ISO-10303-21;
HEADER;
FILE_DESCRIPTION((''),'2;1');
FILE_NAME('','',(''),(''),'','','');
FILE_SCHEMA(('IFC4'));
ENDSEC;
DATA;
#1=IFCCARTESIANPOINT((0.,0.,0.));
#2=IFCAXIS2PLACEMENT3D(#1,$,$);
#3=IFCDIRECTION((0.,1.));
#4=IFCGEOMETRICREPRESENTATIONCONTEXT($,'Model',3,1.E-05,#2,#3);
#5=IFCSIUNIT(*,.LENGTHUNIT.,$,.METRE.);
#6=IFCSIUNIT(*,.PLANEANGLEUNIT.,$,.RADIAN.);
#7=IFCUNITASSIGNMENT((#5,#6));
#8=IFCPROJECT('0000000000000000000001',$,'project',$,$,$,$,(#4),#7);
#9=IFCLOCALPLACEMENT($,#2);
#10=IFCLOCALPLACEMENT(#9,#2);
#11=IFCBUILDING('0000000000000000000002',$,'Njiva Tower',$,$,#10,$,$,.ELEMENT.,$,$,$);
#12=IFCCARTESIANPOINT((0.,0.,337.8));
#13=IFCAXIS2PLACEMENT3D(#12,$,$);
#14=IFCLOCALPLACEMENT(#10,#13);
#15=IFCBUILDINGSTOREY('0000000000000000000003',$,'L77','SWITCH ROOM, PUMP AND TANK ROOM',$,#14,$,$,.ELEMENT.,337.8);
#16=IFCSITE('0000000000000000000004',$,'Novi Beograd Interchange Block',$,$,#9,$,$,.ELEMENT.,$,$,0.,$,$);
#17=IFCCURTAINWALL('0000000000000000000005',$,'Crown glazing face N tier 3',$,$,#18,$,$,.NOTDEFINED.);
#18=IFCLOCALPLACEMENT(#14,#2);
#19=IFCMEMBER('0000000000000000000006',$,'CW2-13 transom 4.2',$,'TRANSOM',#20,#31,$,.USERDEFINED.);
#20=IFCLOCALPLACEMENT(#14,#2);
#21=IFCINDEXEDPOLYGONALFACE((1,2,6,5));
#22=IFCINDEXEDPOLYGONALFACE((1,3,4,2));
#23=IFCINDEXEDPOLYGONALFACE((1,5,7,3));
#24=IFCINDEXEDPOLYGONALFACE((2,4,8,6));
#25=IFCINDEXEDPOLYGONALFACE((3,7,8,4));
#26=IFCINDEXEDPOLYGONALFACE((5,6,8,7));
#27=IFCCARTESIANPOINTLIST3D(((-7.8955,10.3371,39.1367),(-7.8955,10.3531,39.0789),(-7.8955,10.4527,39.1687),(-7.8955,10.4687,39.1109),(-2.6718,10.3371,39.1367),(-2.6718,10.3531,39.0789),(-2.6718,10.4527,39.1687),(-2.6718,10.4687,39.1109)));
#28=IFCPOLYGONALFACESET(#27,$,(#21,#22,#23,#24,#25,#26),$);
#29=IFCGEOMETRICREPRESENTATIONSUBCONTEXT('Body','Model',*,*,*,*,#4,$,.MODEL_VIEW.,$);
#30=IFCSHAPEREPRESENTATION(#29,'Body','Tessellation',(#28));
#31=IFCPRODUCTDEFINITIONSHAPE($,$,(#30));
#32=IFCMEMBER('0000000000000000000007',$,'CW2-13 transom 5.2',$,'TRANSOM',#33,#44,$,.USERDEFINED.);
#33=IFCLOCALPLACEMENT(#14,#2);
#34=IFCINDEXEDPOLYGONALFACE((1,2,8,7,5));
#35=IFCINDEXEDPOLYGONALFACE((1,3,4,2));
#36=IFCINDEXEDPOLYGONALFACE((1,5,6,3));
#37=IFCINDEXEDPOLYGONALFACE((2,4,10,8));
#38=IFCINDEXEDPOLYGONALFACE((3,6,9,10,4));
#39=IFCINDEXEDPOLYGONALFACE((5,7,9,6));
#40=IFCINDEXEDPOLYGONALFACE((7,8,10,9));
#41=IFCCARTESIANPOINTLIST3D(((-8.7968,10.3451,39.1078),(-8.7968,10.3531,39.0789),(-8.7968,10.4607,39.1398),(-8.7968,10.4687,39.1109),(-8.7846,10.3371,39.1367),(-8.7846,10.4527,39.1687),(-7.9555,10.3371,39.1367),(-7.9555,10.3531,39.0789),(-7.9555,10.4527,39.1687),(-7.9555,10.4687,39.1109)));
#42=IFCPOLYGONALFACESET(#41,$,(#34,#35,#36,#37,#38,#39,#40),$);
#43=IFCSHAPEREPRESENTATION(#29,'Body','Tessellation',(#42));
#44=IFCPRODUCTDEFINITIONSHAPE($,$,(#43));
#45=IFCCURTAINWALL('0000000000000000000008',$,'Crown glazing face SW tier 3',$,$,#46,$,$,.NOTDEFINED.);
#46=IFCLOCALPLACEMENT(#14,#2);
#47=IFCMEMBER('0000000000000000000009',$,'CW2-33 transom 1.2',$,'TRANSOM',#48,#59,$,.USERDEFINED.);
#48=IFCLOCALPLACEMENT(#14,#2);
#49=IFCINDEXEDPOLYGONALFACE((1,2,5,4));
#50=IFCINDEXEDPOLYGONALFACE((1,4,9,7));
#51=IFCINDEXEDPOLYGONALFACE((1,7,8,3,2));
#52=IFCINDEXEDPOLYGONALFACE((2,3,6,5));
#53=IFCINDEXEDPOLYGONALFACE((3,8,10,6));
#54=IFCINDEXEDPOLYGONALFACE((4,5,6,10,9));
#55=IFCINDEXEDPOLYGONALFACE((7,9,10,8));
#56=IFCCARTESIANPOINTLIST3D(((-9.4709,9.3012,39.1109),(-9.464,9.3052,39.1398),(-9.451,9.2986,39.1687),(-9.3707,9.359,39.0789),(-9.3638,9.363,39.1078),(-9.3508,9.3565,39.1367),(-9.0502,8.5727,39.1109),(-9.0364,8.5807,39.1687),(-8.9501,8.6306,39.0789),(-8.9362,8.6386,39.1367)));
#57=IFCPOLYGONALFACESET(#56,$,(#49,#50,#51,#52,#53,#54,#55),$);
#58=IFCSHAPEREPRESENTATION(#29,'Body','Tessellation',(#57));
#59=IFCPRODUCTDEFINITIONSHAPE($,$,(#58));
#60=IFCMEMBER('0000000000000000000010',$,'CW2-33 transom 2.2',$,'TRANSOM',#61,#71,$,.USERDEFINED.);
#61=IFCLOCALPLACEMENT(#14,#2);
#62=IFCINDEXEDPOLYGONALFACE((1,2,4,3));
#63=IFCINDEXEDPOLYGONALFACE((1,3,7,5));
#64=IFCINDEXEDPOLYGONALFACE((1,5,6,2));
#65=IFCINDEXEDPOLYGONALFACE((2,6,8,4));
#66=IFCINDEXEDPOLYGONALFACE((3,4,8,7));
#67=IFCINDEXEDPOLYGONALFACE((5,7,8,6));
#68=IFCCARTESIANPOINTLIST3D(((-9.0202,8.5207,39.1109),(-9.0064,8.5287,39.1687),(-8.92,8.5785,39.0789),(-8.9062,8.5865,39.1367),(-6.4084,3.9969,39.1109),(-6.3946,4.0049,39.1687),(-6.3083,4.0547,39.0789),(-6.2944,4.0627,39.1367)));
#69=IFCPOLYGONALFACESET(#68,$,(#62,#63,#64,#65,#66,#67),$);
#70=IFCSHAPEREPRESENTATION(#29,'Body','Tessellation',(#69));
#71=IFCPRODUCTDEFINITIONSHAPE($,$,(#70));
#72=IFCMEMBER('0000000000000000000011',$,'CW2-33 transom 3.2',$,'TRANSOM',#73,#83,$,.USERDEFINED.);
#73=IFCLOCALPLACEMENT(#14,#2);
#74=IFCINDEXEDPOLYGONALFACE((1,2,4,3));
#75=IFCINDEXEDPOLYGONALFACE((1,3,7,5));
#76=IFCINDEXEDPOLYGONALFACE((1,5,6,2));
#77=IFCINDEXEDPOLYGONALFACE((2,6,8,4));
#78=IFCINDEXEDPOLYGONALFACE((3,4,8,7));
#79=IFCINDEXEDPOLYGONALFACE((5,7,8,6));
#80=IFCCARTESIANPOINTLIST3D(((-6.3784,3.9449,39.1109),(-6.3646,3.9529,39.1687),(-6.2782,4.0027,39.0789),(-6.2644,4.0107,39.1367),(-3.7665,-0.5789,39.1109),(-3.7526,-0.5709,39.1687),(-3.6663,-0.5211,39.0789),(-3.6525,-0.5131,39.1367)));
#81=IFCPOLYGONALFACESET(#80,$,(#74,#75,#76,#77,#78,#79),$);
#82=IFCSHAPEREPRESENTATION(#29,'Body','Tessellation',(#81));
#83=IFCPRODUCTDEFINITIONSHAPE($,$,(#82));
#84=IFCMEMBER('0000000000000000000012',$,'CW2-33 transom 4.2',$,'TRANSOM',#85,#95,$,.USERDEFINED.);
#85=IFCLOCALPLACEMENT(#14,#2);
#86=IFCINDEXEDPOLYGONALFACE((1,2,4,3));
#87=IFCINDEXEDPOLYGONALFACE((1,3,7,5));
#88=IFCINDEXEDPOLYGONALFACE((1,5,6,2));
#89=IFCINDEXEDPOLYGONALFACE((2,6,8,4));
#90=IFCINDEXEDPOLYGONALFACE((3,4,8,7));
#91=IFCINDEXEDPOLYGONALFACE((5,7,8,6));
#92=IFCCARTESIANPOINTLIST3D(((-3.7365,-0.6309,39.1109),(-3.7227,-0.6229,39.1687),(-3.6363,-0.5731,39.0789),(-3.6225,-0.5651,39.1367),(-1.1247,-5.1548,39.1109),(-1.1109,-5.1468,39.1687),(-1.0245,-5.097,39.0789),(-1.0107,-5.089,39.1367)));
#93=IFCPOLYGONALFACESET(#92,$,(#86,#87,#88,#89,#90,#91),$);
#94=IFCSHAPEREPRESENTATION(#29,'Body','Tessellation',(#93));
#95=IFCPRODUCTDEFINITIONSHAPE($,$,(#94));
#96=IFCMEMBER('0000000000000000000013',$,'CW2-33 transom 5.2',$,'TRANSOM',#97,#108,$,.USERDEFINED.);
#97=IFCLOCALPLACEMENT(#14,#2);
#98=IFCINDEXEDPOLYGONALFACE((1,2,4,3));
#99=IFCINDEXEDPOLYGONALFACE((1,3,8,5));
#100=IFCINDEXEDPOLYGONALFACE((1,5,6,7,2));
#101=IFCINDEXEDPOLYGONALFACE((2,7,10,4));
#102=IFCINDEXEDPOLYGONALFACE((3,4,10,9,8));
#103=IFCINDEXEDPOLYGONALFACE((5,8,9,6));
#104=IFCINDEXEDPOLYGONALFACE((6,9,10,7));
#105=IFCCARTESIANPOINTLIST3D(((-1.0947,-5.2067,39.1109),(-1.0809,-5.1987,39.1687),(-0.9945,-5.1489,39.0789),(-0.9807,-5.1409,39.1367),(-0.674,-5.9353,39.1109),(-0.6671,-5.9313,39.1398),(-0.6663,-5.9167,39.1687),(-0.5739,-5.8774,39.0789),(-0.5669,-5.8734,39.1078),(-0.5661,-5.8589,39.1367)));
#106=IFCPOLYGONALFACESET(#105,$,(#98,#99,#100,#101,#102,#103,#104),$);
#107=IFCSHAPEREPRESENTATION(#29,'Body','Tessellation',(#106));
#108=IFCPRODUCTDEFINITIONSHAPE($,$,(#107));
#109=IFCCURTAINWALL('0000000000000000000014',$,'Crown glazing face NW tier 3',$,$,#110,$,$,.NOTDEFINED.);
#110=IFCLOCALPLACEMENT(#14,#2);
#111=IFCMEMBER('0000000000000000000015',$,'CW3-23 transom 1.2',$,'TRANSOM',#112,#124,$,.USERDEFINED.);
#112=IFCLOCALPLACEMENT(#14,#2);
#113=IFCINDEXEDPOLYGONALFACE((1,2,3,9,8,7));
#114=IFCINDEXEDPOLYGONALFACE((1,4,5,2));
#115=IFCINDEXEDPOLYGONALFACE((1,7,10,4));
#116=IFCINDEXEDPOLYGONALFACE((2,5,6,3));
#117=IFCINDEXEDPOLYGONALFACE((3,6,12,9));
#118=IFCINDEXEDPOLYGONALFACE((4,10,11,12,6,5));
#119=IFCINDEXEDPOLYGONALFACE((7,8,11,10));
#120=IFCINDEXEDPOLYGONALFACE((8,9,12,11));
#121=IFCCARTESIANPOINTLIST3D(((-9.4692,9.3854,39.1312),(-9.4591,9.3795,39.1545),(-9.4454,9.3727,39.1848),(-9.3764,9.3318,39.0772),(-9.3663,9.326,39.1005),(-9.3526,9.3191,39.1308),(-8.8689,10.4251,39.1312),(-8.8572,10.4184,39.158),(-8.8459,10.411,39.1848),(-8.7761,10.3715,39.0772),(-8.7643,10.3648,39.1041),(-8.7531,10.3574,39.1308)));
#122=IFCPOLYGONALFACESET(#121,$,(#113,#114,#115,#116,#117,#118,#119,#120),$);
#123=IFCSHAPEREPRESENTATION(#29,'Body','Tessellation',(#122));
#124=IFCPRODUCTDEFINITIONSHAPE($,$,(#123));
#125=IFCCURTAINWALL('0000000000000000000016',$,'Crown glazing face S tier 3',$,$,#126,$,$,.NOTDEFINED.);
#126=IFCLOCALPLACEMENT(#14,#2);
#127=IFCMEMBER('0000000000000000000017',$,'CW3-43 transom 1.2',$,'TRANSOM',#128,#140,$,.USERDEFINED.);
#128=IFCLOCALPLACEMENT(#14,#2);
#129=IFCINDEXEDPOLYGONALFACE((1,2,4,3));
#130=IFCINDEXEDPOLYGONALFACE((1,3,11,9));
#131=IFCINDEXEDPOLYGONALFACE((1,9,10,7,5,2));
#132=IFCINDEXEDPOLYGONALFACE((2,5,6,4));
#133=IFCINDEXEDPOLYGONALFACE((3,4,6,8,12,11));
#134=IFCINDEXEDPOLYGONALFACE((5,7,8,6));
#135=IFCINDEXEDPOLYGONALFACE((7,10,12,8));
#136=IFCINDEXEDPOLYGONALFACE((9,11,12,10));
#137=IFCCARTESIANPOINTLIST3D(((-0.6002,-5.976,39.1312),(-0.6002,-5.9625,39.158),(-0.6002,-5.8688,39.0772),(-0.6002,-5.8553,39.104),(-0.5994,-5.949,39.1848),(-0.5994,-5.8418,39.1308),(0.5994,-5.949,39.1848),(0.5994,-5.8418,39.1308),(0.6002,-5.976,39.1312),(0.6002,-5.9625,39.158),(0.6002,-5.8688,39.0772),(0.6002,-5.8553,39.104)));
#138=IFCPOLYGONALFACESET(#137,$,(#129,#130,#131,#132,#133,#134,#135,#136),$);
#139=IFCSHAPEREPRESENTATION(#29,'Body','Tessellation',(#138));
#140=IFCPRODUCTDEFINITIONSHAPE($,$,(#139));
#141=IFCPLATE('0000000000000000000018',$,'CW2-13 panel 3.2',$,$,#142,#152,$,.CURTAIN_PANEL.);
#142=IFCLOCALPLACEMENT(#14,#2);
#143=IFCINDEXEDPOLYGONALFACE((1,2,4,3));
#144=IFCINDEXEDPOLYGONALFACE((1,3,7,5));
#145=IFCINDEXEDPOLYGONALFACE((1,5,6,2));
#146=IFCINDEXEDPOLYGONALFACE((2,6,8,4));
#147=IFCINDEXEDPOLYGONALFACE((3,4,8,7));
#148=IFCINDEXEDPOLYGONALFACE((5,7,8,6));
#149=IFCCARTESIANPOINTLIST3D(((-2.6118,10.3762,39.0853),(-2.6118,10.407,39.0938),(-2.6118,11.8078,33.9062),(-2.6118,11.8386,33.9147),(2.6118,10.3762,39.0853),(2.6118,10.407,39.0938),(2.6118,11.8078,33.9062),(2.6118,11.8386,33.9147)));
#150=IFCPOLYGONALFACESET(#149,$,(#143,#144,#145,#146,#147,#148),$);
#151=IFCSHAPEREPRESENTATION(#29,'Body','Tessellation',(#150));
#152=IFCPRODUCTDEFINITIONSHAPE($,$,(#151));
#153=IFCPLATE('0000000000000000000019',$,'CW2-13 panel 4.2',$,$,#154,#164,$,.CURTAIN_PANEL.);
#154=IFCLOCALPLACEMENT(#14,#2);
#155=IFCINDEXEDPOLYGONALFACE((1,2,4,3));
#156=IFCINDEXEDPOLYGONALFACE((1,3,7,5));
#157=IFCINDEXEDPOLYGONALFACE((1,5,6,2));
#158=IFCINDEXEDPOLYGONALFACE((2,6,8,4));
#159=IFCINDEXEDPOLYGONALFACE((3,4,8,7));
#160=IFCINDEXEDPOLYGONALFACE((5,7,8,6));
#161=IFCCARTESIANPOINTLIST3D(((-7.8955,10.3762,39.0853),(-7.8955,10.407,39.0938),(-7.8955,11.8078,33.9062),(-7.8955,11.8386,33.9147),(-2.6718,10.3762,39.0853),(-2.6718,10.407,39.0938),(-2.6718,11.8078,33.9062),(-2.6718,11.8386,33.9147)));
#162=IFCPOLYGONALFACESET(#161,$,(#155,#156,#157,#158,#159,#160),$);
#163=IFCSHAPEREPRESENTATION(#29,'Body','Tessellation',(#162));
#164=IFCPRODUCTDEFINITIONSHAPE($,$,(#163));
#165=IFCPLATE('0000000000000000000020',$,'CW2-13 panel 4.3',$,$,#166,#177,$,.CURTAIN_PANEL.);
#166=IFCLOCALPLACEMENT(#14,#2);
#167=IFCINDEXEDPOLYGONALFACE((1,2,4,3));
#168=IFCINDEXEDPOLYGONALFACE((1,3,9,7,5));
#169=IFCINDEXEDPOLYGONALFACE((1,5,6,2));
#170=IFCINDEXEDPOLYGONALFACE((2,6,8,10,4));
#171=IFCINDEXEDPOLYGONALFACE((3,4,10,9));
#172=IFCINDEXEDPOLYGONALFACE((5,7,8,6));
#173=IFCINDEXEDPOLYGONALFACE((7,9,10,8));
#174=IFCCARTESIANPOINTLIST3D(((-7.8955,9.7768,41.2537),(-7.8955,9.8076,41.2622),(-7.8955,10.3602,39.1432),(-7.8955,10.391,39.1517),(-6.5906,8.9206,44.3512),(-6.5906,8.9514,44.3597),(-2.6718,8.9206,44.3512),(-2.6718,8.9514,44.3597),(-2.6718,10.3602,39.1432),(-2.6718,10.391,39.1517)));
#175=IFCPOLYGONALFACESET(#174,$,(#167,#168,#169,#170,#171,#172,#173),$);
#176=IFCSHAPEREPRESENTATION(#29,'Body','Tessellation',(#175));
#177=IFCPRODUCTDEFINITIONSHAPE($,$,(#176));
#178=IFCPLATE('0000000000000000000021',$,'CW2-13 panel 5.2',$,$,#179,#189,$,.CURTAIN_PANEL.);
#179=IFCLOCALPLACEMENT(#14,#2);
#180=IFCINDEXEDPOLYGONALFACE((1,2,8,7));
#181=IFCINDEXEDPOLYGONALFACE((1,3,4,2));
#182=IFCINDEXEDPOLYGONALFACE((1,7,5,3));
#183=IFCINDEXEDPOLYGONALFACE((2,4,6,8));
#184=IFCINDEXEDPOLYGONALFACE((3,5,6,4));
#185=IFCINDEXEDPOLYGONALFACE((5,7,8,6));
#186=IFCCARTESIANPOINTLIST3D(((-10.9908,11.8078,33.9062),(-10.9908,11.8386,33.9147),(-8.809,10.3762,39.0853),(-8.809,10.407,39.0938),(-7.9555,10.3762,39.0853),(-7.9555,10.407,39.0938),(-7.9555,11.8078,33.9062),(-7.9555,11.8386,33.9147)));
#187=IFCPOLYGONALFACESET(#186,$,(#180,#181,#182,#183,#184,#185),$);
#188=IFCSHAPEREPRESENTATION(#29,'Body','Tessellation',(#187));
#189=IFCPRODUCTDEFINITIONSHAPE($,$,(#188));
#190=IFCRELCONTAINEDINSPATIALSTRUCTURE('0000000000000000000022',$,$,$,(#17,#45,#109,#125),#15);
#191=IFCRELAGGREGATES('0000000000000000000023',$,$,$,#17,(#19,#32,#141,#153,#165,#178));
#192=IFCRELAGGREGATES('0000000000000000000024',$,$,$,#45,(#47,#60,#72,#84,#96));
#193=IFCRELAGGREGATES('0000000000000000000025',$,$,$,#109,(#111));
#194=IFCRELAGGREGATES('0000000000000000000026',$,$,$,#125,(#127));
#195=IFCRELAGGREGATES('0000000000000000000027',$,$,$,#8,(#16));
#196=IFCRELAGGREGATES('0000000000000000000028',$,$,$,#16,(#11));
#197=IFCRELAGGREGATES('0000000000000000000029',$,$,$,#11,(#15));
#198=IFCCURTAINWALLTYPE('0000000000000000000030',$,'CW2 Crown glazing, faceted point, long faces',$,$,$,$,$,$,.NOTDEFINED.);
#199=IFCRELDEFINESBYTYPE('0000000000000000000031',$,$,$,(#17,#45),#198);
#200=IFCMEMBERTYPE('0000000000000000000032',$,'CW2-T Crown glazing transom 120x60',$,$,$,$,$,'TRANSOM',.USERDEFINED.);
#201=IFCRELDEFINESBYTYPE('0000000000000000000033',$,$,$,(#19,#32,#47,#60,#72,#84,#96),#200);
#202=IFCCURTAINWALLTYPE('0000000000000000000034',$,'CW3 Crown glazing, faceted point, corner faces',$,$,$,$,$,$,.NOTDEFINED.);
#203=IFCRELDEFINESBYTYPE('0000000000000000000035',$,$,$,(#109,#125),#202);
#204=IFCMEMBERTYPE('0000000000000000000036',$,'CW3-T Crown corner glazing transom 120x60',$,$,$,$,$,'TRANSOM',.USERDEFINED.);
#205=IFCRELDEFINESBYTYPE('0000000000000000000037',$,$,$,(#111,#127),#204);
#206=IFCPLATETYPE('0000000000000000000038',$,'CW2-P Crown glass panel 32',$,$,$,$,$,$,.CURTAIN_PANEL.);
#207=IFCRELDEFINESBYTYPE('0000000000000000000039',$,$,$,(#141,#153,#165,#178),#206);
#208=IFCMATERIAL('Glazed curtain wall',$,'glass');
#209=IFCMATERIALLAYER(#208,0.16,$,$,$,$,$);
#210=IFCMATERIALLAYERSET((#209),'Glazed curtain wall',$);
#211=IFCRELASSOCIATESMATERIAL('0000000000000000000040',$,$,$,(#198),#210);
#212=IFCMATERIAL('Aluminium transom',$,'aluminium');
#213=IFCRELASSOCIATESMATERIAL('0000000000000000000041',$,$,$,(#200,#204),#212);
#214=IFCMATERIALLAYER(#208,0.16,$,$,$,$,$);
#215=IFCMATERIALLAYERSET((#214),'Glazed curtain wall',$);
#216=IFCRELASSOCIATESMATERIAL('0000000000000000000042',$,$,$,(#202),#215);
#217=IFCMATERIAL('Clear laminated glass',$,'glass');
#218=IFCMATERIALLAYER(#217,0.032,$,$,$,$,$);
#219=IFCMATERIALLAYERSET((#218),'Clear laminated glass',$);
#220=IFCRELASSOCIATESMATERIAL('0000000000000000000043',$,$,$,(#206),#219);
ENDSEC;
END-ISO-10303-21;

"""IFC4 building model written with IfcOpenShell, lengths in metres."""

from ifc_helpers import new_model, si_unit, direction, frame, origin, origin_2d, place, context, subcontext, project, spatial, polyline, rectangle, outline, extrude, clip, halfspace, material, layer, layer_set, material_profile, profile_set, type_object, element, aggregate, save


model = new_model("IFC4")

# Units and contexts
model_context = context("Model", 3, precision=1e-05, world=origin(), true_north=direction((0.0, 1.0)))
body_context = subcontext(model_context, "Body", "Model", "MODEL_VIEW")
ifc_project = project(units=[si_unit("LENGTHUNIT", "METRE"), si_unit("PLANEANGLEUNIT", "RADIAN")], contexts=[model_context])

# Site, building, storey
site_placement = place(None, origin())
site = spatial("IfcSite", under=ifc_project, at=site_placement, Name="Novi Beograd Interchange Block", CompositionType="ELEMENT", RefElevation=0.0)
building_placement = place(site_placement, origin())
building = spatial("IfcBuilding", under=site, at=building_placement, Name="Njiva Tower", CompositionType="ELEMENT")
storey_placement = place(building_placement, frame((0.0, 0.0, 337.8)))
storey = spatial("IfcBuildingStorey", under=building, at=storey_placement, Name="L77", Description="SWITCH ROOM, PUMP AND TANK ROOM", CompositionType="ELEMENT", Elevation=337.8)

# Curtain walls, members
ifc_material_1 = material(Name="Glazed curtain wall", Category="glass")
ifc_layer_1 = layer(ifc_material_1, 0.16)
ifc_layer_set_1 = layer_set([ifc_layer_1], Name="Glazed curtain wall")
curtain_wall_type_1 = type_object("IfcCurtainWallType", Name="CW2 Crown glazing, faceted point, long faces", PredefinedType="NOTDEFINED", material=ifc_layer_set_1)
curtain_wall_1_placement = place(storey_placement, origin())
curtain_wall_1 = element("IfcCurtainWall", 1, at=curtain_wall_1_placement, inside=storey, type_object=curtain_wall_type_1, Name="Crown glazing face N tier 3", PredefinedType="NOTDEFINED")
ifc_material_2 = material(Name="Aluminium transom", Category="aluminium")
ifc_material_profile_1 = material_profile(ifc_material_2, rectangle(XDim=0.12, YDim=0.06, at=origin_2d()), Name="RECT 120x60")
ifc_profile_set_1 = profile_set([ifc_material_profile_1], Name="Aluminium transom")
member_type_1 = type_object("IfcMemberType", Name="CW2-T Crown glazing transom 120x60", ElementType="TRANSOM", PredefinedType="USERDEFINED", material=ifc_profile_set_1)
member_1_placement = place(storey_placement, frame((-2.6718, 10.4029, 39.1238), z_axis=(-1.0, 0.0, 0.0), x_axis=(0.0, 0.963855, 0.266428)))
member_1 = element("IfcMember", 2, at=member_1_placement, type_object=member_type_1, Name="CW2-13 transom 4.2", ObjectType="TRANSOM", PredefinedType="USERDEFINED", context=body_context, shape_type="SweptSolid", body=[
    extrude(rectangle(XDim=0.12, YDim=0.06, at=origin_2d()), origin(), (0.0, 0.0, 1.0), 5.2237),
])
member_2_placement = place(storey_placement, frame((-7.9555, 10.4029, 39.1238), z_axis=(-1.0, 0.0, 0.0), x_axis=(0.0, 0.963855, 0.266428)))
member_2 = element("IfcMember", 3, at=member_2_placement, type_object=member_type_1, Name="CW2-13 transom 5.2", ObjectType="TRANSOM", PredefinedType="USERDEFINED", context=body_context, shape_type="Clipping", body=[
    clip(extrude(rectangle(XDim=0.12, YDim=0.06, at=origin_2d()), origin(), (0.0, 0.0, 1.0), 0.8413), halfspace(frame((0.06, 0.0, 0.8413), z_axis=(0.0, -0.376215, 0.926532), x_axis=(0.0, 0.926532, 0.376215)), False)),
])
curtain_wall_2_placement = place(storey_placement, origin())
curtain_wall_2 = element("IfcCurtainWall", 4, at=curtain_wall_2_placement, inside=storey, type_object=curtain_wall_type_1, Name="Crown glazing face SW tier 3", PredefinedType="NOTDEFINED")
member_3_placement = place(storey_placement, frame((-9.4139, 9.3341, 39.1238), z_axis=(0.500089, -0.865974, 0.0), x_axis=(-0.834673, -0.482014, 0.266428)))
member_3 = element("IfcMember", 5, at=member_3_placement, type_object=member_type_1, Name="CW2-33 transom 1.2", ObjectType="TRANSOM", PredefinedType="USERDEFINED", context=body_context, shape_type="Clipping", body=[
    clip(extrude(rectangle(XDim=0.12, YDim=0.06, at=origin_2d()), origin(), (0.0, 0.0, 1.0), 0.8412), halfspace(frame((0.0599, 0.0, 0.0), z_axis=(-0.000092, -0.37624, -0.926522), x_axis=(0.0, -0.926522, 0.37624)), False)),
])
member_4_placement = place(storey_placement, frame((-8.9632, 8.5536, 39.1238), z_axis=(0.499998, -0.866027, 0.0), x_axis=(-0.834724, -0.481925, 0.266428)))
member_4 = element("IfcMember", 6, at=member_4_placement, type_object=member_type_1, Name="CW2-33 transom 2.2", ObjectType="TRANSOM", PredefinedType="USERDEFINED", context=body_context, shape_type="SweptSolid", body=[
    extrude(rectangle(XDim=0.12, YDim=0.06, at=origin_2d()), origin(), (0.0, 0.0, 1.0), 5.2236),
])
member_5_placement = place(storey_placement, frame((-6.3214, 3.9778, 39.1238), z_axis=(0.500012, -0.866019, 0.0), x_axis=(-0.834716, -0.481939, 0.266428)))
member_5 = element("IfcMember", 7, at=member_5_placement, type_object=member_type_1, Name="CW2-33 transom 3.2", ObjectType="TRANSOM", PredefinedType="USERDEFINED", context=body_context, shape_type="SweptSolid", body=[
    extrude(rectangle(XDim=0.12, YDim=0.06, at=origin_2d()), origin(), (0.0, 0.0, 1.0), 5.2237),
])
member_6_placement = place(storey_placement, frame((-3.6795, -0.598, 39.1238), z_axis=(0.499989, -0.866032, 0.0), x_axis=(-0.834729, -0.481917, 0.266428)))
member_6 = element("IfcMember", 8, at=member_6_placement, type_object=member_type_1, Name="CW2-33 transom 4.2", ObjectType="TRANSOM", PredefinedType="USERDEFINED", context=body_context, shape_type="SweptSolid", body=[
    extrude(rectangle(XDim=0.12, YDim=0.06, at=origin_2d()), origin(), (0.0, 0.0, 1.0), 5.2237),
])
member_7_placement = place(storey_placement, frame((-1.0377, -5.1738, 39.1238), z_axis=(0.500038, -0.866003, 0.0), x_axis=(-0.834702, -0.481964, 0.266428)))
member_7 = element("IfcMember", 9, at=member_7_placement, type_object=member_type_1, Name="CW2-33 transom 5.2", ObjectType="TRANSOM", PredefinedType="USERDEFINED", context=body_context, shape_type="Clipping", body=[
    clip(extrude(rectangle(XDim=0.12, YDim=0.06, at=origin_2d()), origin(), (0.0, 0.0, 1.0), 0.8413), halfspace(frame((0.06, 0.0, 0.8413), z_axis=(0.000039, -0.376204, 0.926537), x_axis=(0.0, 0.926537, 0.376204)), False)),
])

# Curtain walls, members
ifc_layer_2 = layer(ifc_material_1, 0.16)
ifc_layer_set_2 = layer_set([ifc_layer_2], Name="Glazed curtain wall")
curtain_wall_type_2 = type_object("IfcCurtainWallType", Name="CW3 Crown glazing, faceted point, corner faces", PredefinedType="NOTDEFINED", material=ifc_layer_set_2)
curtain_wall_3_placement = place(storey_placement, origin())
curtain_wall_3 = element("IfcCurtainWall", 10, at=curtain_wall_3_placement, inside=storey, type_object=curtain_wall_type_2, Name="Crown glazing face NW tier 3", PredefinedType="NOTDEFINED")
ifc_material_profile_2 = material_profile(ifc_material_2, rectangle(XDim=0.12, YDim=0.06, at=origin_2d()), Name="RECT 120x60")
ifc_profile_set_2 = profile_set([ifc_material_profile_2], Name="Aluminium transom")
member_type_2 = type_object("IfcMemberType", Name="CW3-T Crown corner glazing transom 120x60", ElementType="TRANSOM", PredefinedType="USERDEFINED", material=ifc_profile_set_2)
member_8_placement = place(storey_placement, frame((-8.8108, 10.3916, 39.131), z_axis=(-0.500018, -0.866015, 0.0), x_axis=(-0.773643, 0.446685, 0.449387)))
member_8 = element("IfcMember", 11, at=member_8_placement, type_object=member_type_2, Name="CW3-23 transom 1.2", ObjectType="TRANSOM", PredefinedType="USERDEFINED", context=body_context, shape_type="Clipping", body=[
    clip(clip(extrude(rectangle(XDim=0.12, YDim=0.06, at=origin_2d()), origin(), (0.0, 0.0, 1.0), 1.2006), halfspace(frame((0.06, 0.0, 0.0), z_axis=(0.000019, -0.025666, -0.999671), x_axis=(0.0, -0.999671, 0.025666)), False)), halfspace(frame((0.06, 0.0, 1.2005), z_axis=(-0.000019, -0.025684, 0.99967), x_axis=(0.0, 0.99967, 0.025684)), False)),
])
curtain_wall_4_placement = place(storey_placement, origin())
curtain_wall_4 = element("IfcCurtainWall", 12, at=curtain_wall_4_placement, inside=storey, type_object=curtain_wall_type_2, Name="Crown glazing face S tier 3", PredefinedType="NOTDEFINED")
member_9_placement = place(storey_placement, frame((-0.6002, -5.9089, 39.131), z_axis=(1.0, 0.0, 0.0), x_axis=(0.0, -0.893337, 0.449387)))
member_9 = element("IfcMember", 13, at=member_9_placement, type_object=member_type_2, Name="CW3-43 transom 1.2", ObjectType="TRANSOM", PredefinedType="USERDEFINED", context=body_context, shape_type="Clipping", body=[
    clip(clip(extrude(rectangle(XDim=0.12, YDim=0.06, at=origin_2d()), origin(), (0.0, 0.0, 1.0), 1.2004), halfspace(frame((0.06, 0.0, 0.0), z_axis=(0.0, -0.025675, -0.99967), x_axis=(0.0, -0.99967, 0.025675)), False)), halfspace(frame((0.06, 0.0, 1.2004), z_axis=(0.0, -0.025675, 0.99967), x_axis=(0.0, 0.99967, 0.025675)), False)),
])

# Plates
ifc_material_3 = material(Name="Clear laminated glass", Category="glass")
ifc_layer_3 = layer(ifc_material_3, 0.032)
ifc_layer_set_3 = layer_set([ifc_layer_3], Name="Clear laminated glass")
plate_type_1 = type_object("IfcPlateType", Name="CW2-P Crown glass panel 32", PredefinedType="CURTAIN_PANEL", material=ifc_layer_set_3)
plate_1_placement = place(storey_placement, frame((-2.6118, 11.8386, 33.9147), z_axis=(0.0, 0.963855, 0.266428), x_axis=(0.0, -0.266428, 0.963855)))
plate_1 = element("IfcPlate", 14, at=plate_1_placement, type_object=plate_type_1, Name="CW2-13 panel 3.2", PredefinedType="CURTAIN_PANEL", context=body_context, shape_type="SweptSolid", body=[
    extrude(outline(polyline([(0.0, 0.0), (5.3733, 0.0), (5.3733, 5.2236), (0.0, 5.2236), (0.0, 0.0)])), origin(), (0.0, 0.0, -1.0), 0.032),
])
plate_2_placement = place(storey_placement, frame((-7.8955, 11.8386, 33.9147), z_axis=(0.0, 0.963855, 0.266428), x_axis=(0.0, -0.266428, 0.963855)))
plate_2 = element("IfcPlate", 15, at=plate_2_placement, type_object=plate_type_1, Name="CW2-13 panel 4.2", PredefinedType="CURTAIN_PANEL", context=body_context, shape_type="SweptSolid", body=[
    extrude(outline(polyline([(0.0, 0.0), (5.3733, 0.0), (5.3733, 5.2237), (0.0, 5.2237), (0.0, 0.0)])), origin(), (0.0, 0.0, -1.0), 0.032),
])
plate_3_placement = place(storey_placement, frame((-2.6718, 8.9514, 44.3597), z_axis=(-0.000001, 0.963854, 0.26643), x_axis=(0.0, 0.26643, -0.963854)))
plate_3 = element("IfcPlate", 16, at=plate_3_placement, type_object=plate_type_1, Name="CW2-13 panel 4.3", PredefinedType="CURTAIN_PANEL", context=body_context, shape_type="SweptSolid", body=[
    extrude(outline(polyline([(0.0, 0.0), (5.4033, 0.0), (5.4033, 5.2237), (3.2137, 5.2237), (0.0, 3.9188), (0.0, 0.0)])), origin(), (0.0, 0.0, -1.0), 0.032),
])
plate_4_placement = place(storey_placement, frame((-8.809, 10.407, 39.0938), z_axis=(0.0, 0.963855, 0.266428), x_axis=(1.0, 0.0, 0.0)))
plate_4 = element("IfcPlate", 17, at=plate_4_placement, type_object=plate_type_1, Name="CW2-13 panel 5.2", PredefinedType="CURTAIN_PANEL", context=body_context, shape_type="SweptSolid", body=[
    extrude(outline(polyline([(0.0, 0.0), (0.8535, 0.0), (0.8535, 5.3733), (-2.1818, 5.3733), (0.0, 0.0)])), origin(), (0.0, 0.0, -1.0), 0.032),
])
aggregate(curtain_wall_1, [member_1, member_2, plate_1, plate_2, plate_3, plate_4])
aggregate(curtain_wall_2, [member_3, member_4, member_5, member_6, member_7])
aggregate(curtain_wall_3, [member_8])
aggregate(curtain_wall_4, [member_9])

save(model, "model.ifc")
